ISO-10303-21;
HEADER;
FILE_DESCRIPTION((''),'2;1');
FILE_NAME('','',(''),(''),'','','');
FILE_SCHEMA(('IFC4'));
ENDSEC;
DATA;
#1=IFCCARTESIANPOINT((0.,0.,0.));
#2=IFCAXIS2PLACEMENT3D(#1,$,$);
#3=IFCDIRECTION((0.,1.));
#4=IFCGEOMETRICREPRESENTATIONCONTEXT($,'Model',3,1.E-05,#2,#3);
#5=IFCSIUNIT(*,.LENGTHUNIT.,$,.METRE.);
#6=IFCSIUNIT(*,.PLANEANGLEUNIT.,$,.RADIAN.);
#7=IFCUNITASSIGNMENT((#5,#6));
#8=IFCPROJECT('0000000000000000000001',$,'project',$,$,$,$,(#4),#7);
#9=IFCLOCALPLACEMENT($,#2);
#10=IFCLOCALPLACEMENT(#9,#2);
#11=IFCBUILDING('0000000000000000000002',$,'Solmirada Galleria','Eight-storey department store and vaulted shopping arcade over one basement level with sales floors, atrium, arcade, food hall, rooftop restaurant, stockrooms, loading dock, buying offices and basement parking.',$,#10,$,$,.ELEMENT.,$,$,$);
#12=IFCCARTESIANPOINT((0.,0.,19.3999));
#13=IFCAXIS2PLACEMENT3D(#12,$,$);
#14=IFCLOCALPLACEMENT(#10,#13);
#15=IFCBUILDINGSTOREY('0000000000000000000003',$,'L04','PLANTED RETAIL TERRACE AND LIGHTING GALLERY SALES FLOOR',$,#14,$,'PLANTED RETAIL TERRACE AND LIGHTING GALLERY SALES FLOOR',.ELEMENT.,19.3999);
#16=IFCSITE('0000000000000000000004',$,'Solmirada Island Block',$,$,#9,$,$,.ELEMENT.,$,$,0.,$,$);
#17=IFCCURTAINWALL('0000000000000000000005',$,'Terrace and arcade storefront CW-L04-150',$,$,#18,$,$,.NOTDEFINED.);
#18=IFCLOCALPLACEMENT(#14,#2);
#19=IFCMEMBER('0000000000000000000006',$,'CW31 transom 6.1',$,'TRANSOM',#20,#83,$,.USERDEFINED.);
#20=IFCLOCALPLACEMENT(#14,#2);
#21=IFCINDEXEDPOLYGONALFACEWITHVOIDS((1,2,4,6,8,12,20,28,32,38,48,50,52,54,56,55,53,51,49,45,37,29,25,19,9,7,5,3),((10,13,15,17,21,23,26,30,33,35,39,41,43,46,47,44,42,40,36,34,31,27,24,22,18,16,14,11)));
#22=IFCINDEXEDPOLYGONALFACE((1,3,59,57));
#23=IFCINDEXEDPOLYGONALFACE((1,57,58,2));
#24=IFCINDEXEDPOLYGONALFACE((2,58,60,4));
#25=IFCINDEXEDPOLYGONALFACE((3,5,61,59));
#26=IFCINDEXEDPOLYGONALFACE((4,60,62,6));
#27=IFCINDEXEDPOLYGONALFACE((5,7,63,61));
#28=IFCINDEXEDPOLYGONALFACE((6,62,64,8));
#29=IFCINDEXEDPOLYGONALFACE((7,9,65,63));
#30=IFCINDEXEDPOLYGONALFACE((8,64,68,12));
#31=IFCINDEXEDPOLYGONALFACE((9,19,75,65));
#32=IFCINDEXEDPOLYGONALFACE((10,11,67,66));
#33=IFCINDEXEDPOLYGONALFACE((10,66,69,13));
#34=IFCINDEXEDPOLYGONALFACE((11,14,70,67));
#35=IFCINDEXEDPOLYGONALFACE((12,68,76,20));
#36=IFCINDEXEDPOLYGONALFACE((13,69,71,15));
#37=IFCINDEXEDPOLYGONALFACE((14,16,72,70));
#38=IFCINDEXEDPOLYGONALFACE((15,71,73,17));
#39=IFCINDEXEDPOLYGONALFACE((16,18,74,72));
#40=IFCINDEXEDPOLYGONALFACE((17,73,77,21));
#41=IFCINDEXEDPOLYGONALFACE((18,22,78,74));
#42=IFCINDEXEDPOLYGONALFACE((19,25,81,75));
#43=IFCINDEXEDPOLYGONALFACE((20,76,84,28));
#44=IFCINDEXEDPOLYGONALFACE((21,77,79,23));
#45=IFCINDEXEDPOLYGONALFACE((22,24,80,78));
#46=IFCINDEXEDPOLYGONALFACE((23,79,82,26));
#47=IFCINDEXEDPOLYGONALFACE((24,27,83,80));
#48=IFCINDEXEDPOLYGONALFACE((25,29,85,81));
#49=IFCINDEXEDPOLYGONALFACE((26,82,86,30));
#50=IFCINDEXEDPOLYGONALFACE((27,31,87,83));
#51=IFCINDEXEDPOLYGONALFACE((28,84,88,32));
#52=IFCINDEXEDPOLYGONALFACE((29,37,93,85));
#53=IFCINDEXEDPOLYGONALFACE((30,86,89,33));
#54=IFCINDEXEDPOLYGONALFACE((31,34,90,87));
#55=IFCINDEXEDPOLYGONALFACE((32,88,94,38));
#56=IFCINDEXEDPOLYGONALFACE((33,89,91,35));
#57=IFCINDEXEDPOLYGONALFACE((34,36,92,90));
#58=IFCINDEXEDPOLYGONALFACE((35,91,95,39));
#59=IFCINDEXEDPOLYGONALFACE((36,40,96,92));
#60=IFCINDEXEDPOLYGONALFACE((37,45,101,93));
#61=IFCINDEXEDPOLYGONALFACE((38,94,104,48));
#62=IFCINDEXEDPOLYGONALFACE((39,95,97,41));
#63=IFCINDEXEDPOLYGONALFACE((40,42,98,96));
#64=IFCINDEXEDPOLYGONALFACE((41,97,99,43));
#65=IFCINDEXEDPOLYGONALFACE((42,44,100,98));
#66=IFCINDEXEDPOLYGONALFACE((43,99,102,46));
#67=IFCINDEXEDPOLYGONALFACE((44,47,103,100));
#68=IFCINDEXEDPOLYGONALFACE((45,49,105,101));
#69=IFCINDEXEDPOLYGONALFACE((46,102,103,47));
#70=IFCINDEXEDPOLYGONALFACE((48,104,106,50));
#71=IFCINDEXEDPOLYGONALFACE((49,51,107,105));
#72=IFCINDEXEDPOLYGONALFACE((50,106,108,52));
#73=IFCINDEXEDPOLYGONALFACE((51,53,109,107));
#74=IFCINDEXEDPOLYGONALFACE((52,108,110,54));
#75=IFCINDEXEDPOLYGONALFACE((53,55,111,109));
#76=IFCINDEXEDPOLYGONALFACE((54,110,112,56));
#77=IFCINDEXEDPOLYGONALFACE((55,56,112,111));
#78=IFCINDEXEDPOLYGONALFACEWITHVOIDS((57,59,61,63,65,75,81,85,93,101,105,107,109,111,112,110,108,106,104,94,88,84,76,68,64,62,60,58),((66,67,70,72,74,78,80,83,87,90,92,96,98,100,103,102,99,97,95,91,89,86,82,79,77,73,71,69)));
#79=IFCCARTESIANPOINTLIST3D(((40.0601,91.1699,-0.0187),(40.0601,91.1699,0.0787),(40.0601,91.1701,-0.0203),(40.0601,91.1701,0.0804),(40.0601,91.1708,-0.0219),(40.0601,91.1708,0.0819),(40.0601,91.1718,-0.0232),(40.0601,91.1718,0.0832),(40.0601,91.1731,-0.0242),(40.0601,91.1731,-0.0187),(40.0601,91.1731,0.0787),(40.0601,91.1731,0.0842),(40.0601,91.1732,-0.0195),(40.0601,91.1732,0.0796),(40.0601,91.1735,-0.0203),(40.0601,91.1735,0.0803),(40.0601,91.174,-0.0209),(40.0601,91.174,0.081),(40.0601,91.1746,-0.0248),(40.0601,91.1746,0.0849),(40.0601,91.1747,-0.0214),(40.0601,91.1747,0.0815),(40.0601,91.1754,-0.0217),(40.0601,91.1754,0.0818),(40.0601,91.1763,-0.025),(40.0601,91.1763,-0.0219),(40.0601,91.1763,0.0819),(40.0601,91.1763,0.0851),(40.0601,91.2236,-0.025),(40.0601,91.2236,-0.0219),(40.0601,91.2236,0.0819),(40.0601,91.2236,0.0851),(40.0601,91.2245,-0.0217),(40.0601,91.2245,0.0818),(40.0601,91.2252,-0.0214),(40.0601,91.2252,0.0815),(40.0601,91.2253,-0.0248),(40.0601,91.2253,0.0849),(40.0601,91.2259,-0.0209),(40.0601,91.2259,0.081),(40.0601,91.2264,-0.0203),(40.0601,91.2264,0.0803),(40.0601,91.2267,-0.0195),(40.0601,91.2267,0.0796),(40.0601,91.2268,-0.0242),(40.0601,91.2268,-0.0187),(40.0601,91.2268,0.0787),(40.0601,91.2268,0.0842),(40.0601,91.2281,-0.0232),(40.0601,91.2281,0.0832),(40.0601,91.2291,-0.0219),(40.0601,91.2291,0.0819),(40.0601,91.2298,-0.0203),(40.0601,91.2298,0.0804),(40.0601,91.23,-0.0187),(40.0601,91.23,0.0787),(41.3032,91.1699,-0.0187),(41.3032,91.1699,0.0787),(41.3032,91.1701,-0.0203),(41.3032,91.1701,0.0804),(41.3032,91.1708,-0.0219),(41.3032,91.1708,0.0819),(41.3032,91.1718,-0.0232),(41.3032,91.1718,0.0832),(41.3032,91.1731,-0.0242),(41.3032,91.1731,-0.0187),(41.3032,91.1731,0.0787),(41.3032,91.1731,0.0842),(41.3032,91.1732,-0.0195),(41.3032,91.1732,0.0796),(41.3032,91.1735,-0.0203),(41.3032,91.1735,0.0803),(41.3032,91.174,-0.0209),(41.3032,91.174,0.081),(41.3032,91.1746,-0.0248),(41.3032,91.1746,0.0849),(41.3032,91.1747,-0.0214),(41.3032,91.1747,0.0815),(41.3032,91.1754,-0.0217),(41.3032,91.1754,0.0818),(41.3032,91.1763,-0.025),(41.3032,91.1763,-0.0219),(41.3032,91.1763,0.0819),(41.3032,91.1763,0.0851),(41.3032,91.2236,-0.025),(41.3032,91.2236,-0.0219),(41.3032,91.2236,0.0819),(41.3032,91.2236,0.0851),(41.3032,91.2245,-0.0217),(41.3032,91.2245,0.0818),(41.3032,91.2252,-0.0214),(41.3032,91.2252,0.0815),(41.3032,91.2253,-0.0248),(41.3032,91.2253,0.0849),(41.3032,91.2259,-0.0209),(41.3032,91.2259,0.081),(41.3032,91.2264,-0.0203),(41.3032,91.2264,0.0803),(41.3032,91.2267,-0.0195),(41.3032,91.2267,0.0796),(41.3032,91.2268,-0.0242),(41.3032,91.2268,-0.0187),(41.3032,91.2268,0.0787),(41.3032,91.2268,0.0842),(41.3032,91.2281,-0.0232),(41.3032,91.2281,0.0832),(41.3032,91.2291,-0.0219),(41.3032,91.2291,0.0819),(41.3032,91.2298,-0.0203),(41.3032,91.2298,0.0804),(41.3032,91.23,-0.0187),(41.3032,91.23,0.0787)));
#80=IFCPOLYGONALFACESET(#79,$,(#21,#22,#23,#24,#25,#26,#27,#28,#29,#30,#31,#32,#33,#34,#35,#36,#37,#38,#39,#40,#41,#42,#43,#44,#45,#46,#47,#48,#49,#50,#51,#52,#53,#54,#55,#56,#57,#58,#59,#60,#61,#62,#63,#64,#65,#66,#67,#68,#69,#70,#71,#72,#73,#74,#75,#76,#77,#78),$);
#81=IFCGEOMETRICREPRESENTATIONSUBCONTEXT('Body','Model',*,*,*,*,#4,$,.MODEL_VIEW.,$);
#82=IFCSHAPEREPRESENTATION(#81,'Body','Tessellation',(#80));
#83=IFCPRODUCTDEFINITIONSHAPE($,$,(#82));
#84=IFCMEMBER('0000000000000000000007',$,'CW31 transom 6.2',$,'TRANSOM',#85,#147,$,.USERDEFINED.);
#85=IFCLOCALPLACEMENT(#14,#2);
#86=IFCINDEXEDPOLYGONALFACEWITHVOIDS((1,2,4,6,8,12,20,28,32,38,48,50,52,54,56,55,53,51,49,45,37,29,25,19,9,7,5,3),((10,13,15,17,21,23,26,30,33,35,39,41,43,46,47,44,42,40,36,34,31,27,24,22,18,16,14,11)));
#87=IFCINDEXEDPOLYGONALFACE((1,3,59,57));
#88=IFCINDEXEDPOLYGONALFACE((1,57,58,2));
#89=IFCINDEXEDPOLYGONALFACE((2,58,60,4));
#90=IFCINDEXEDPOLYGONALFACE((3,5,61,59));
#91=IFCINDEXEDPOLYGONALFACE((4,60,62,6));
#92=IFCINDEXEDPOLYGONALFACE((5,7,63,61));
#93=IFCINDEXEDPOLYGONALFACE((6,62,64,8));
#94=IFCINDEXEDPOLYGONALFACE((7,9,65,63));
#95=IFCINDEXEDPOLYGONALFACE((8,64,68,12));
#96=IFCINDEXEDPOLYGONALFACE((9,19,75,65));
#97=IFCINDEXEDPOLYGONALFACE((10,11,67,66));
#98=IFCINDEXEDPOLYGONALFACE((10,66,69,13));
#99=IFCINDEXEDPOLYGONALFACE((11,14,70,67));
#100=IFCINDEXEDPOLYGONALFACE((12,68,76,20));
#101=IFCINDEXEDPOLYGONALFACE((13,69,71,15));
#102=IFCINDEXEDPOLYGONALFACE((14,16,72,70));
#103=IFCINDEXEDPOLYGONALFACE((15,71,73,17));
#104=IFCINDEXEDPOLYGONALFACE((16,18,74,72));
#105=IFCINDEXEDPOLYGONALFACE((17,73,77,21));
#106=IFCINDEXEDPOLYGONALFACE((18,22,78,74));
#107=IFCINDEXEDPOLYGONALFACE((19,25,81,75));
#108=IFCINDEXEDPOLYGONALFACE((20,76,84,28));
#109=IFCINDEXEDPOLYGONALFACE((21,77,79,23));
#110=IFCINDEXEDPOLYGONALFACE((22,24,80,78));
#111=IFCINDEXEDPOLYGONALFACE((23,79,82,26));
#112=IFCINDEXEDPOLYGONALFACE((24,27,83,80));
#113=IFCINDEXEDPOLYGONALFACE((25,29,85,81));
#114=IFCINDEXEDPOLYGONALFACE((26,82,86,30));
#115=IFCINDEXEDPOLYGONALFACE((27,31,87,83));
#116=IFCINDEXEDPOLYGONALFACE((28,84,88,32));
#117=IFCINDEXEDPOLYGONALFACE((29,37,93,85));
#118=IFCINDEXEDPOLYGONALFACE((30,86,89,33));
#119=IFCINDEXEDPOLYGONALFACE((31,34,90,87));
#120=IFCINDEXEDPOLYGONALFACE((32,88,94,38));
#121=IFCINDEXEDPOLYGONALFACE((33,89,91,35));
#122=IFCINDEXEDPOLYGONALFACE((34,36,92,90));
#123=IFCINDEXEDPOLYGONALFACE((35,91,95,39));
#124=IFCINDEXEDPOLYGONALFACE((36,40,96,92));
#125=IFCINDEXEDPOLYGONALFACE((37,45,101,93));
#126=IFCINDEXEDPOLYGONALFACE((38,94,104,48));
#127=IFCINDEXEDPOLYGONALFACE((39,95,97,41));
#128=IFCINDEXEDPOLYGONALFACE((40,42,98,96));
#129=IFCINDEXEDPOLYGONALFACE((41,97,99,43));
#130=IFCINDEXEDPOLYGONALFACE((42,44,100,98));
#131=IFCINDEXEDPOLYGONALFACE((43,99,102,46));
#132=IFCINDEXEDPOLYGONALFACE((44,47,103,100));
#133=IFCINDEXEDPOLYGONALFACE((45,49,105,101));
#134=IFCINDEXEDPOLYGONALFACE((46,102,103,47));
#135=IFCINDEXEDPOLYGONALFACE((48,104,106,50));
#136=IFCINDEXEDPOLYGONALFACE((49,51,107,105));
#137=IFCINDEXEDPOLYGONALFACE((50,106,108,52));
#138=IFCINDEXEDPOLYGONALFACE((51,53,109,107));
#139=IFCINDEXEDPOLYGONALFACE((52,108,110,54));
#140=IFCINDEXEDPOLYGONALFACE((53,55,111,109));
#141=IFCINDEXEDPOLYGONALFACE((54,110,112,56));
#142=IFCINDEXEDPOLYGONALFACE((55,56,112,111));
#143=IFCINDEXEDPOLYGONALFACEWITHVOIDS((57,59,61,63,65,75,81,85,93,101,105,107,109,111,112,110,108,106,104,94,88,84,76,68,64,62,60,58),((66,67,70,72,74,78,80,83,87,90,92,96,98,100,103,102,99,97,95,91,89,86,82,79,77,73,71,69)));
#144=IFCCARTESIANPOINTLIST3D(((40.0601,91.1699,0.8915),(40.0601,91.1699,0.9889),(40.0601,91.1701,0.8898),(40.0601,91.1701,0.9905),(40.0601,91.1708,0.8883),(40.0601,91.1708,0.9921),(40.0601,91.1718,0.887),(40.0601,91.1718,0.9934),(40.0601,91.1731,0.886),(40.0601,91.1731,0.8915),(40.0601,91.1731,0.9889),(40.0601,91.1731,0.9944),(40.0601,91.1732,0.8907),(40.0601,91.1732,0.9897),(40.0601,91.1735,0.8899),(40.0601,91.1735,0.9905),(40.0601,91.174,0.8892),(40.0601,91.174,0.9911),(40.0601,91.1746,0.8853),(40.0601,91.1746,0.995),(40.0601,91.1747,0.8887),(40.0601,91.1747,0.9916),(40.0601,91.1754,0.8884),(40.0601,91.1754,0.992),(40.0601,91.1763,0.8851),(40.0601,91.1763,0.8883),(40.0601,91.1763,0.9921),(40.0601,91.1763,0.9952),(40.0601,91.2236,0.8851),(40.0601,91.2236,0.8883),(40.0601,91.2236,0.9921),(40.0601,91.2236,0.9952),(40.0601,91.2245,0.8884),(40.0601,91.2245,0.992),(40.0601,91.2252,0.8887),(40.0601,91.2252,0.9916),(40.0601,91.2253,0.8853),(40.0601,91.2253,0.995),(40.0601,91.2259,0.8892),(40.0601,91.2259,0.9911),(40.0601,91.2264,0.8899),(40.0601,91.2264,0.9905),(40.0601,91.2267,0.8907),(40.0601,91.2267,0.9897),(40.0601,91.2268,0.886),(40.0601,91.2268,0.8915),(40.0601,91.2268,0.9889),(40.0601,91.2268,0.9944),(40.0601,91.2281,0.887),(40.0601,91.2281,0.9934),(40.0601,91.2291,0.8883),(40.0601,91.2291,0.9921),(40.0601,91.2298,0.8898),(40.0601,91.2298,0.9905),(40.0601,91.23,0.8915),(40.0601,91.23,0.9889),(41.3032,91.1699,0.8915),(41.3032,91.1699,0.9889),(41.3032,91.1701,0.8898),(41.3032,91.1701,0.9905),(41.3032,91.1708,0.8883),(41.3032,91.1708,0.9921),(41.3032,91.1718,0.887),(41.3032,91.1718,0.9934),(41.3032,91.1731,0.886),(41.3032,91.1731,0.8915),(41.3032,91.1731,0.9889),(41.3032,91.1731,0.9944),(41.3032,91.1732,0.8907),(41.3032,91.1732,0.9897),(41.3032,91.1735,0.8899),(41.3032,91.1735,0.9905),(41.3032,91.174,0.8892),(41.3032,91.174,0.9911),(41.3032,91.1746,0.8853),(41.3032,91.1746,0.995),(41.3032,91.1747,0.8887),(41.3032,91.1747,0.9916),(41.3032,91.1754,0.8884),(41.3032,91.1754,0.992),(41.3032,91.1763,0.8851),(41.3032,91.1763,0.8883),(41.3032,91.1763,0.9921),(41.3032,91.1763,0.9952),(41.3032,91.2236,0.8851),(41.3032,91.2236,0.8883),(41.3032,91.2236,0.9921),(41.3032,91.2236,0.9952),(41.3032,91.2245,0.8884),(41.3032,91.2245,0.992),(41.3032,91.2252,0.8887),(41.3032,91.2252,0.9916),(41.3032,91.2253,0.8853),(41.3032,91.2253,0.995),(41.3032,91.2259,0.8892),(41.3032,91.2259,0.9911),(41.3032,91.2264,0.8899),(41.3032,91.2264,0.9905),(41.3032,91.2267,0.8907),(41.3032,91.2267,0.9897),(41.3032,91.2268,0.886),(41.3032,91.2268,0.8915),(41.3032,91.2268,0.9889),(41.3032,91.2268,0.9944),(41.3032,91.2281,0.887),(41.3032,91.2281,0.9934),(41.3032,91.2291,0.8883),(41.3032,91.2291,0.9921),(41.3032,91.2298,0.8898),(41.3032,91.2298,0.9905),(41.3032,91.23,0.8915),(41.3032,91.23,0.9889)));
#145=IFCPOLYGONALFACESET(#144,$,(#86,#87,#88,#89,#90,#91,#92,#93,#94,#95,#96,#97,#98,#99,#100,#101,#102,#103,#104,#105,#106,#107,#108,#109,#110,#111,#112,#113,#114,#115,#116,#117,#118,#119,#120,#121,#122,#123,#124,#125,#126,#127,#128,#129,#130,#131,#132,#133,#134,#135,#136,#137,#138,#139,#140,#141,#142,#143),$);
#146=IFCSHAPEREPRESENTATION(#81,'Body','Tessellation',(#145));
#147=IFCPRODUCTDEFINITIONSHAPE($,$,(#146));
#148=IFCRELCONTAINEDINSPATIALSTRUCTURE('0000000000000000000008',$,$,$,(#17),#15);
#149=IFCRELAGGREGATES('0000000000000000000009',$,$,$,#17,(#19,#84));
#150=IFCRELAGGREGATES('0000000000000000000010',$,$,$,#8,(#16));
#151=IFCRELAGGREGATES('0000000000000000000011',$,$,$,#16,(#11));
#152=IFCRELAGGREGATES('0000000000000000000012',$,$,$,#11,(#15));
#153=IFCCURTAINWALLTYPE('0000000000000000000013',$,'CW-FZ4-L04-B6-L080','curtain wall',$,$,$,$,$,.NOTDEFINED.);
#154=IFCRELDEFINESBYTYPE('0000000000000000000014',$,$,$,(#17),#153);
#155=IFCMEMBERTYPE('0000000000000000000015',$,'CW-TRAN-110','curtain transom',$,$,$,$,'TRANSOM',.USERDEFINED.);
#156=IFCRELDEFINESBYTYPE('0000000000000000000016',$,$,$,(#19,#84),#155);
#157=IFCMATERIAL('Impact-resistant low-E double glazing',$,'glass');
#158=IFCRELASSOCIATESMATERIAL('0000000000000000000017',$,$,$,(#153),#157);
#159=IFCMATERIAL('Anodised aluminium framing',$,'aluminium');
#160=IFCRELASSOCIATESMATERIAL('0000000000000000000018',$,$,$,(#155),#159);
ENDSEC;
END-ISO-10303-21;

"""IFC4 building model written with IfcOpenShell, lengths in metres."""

from ifc_helpers import new_model, si_unit, direction, frame, origin, origin_2d, place, context, subcontext, project, spatial, hollow_rectangle, extrude, material, material_profile, profile_set, type_object, element, aggregate, save


model = new_model("IFC4")

# Units and contexts
model_context = context("Model", 3, precision=1e-05, world=origin(), true_north=direction((0.0, 1.0)))
body_context = subcontext(model_context, "Body", "Model", "MODEL_VIEW")
ifc_project = project(units=[si_unit("LENGTHUNIT", "METRE"), si_unit("PLANEANGLEUNIT", "RADIAN")], contexts=[model_context])

# Site, building, storey
site_placement = place(None, origin())
site = spatial("IfcSite", under=ifc_project, at=site_placement, Name="Solmirada Island Block", CompositionType="ELEMENT", RefElevation=0.0)
building_placement = place(site_placement, origin())
building = spatial("IfcBuilding", under=site, at=building_placement, Name="Solmirada Galleria", Description="Eight-storey department store and vaulted shopping arcade over one basement level with sales floors, atrium, arcade, food hall, rooftop restaurant, stockrooms, loading dock, buying offices and basement parking.", CompositionType="ELEMENT")
storey_placement = place(building_placement, frame((0.0, 0.0, 19.3999)))
storey = spatial("IfcBuildingStorey", under=building, at=storey_placement, Name="L04", Description="PLANTED RETAIL TERRACE AND LIGHTING GALLERY SALES FLOOR", LongName="PLANTED RETAIL TERRACE AND LIGHTING GALLERY SALES FLOOR", CompositionType="ELEMENT", Elevation=19.3999)

# Curtain wall, members
ifc_material_1 = material(Name="Impact-resistant low-E double glazing", Category="glass")
curtain_wall_type = type_object("IfcCurtainWallType", Name="CW-FZ4-L04-B6-L080", Description="curtain wall", PredefinedType="NOTDEFINED", material=ifc_material_1)
curtain_wall_placement = place(storey_placement, origin())
curtain_wall = element("IfcCurtainWall", 1, at=curtain_wall_placement, inside=storey, type_object=curtain_wall_type, Name="Terrace and arcade storefront CW-L04-150", PredefinedType="NOTDEFINED")
ifc_material_2 = material(Name="Anodised aluminium framing", Category="aluminium")
ifc_material_profile_1 = material_profile(ifc_material_2, hollow_rectangle(XDim=0.0601, YDim=0.1101, WallThickness=0.0032, InnerFilletRadius=0.0032, OuterFilletRadius=0.0063, at=origin_2d()), Name="ALU-TRAN-110X60")
ifc_profile_set_1 = profile_set([ifc_material_profile_1], Name="Anodised aluminium framing")
member_type_1 = type_object("IfcMemberType", Name="CW-TRAN-110", Description="curtain transom", ElementType="TRANSOM", PredefinedType="USERDEFINED", material=ifc_profile_set_1)
member_1_placement = place(storey_placement, frame((41.3032, 91.2, 0.03), z_axis=(-1.0, 0.0, 0.0), x_axis=(0.0, -1.0, 0.0)))
member_1 = element("IfcMember", 2, at=member_1_placement, type_object=member_type_1, Name="CW31 transom 6.1", ObjectType="TRANSOM", PredefinedType="USERDEFINED", context=body_context, shape_type="SweptSolid", body=[
    extrude(hollow_rectangle(XDim=0.0601, YDim=0.1101, WallThickness=0.0032, InnerFilletRadius=0.0032, OuterFilletRadius=0.0063, at=origin_2d()), origin(), (0.0, 0.0, 1.0), 1.2432),
])
member_2_placement = place(storey_placement, frame((41.3032, 91.2, 0.9402), z_axis=(-1.0, 0.0, 0.0), x_axis=(0.0, -1.0, 0.0)))
member_2 = element("IfcMember", 3, at=member_2_placement, type_object=member_type_1, Name="CW31 transom 6.2", ObjectType="TRANSOM", PredefinedType="USERDEFINED", context=body_context, shape_type="SweptSolid", body=[
    extrude(hollow_rectangle(XDim=0.0601, YDim=0.1101, WallThickness=0.0032, InnerFilletRadius=0.0032, OuterFilletRadius=0.0063, at=origin_2d()), origin(), (0.0, 0.0, 1.0), 1.2432),
])
aggregate(curtain_wall, [member_1, member_2])

save(model, "model.ifc")
